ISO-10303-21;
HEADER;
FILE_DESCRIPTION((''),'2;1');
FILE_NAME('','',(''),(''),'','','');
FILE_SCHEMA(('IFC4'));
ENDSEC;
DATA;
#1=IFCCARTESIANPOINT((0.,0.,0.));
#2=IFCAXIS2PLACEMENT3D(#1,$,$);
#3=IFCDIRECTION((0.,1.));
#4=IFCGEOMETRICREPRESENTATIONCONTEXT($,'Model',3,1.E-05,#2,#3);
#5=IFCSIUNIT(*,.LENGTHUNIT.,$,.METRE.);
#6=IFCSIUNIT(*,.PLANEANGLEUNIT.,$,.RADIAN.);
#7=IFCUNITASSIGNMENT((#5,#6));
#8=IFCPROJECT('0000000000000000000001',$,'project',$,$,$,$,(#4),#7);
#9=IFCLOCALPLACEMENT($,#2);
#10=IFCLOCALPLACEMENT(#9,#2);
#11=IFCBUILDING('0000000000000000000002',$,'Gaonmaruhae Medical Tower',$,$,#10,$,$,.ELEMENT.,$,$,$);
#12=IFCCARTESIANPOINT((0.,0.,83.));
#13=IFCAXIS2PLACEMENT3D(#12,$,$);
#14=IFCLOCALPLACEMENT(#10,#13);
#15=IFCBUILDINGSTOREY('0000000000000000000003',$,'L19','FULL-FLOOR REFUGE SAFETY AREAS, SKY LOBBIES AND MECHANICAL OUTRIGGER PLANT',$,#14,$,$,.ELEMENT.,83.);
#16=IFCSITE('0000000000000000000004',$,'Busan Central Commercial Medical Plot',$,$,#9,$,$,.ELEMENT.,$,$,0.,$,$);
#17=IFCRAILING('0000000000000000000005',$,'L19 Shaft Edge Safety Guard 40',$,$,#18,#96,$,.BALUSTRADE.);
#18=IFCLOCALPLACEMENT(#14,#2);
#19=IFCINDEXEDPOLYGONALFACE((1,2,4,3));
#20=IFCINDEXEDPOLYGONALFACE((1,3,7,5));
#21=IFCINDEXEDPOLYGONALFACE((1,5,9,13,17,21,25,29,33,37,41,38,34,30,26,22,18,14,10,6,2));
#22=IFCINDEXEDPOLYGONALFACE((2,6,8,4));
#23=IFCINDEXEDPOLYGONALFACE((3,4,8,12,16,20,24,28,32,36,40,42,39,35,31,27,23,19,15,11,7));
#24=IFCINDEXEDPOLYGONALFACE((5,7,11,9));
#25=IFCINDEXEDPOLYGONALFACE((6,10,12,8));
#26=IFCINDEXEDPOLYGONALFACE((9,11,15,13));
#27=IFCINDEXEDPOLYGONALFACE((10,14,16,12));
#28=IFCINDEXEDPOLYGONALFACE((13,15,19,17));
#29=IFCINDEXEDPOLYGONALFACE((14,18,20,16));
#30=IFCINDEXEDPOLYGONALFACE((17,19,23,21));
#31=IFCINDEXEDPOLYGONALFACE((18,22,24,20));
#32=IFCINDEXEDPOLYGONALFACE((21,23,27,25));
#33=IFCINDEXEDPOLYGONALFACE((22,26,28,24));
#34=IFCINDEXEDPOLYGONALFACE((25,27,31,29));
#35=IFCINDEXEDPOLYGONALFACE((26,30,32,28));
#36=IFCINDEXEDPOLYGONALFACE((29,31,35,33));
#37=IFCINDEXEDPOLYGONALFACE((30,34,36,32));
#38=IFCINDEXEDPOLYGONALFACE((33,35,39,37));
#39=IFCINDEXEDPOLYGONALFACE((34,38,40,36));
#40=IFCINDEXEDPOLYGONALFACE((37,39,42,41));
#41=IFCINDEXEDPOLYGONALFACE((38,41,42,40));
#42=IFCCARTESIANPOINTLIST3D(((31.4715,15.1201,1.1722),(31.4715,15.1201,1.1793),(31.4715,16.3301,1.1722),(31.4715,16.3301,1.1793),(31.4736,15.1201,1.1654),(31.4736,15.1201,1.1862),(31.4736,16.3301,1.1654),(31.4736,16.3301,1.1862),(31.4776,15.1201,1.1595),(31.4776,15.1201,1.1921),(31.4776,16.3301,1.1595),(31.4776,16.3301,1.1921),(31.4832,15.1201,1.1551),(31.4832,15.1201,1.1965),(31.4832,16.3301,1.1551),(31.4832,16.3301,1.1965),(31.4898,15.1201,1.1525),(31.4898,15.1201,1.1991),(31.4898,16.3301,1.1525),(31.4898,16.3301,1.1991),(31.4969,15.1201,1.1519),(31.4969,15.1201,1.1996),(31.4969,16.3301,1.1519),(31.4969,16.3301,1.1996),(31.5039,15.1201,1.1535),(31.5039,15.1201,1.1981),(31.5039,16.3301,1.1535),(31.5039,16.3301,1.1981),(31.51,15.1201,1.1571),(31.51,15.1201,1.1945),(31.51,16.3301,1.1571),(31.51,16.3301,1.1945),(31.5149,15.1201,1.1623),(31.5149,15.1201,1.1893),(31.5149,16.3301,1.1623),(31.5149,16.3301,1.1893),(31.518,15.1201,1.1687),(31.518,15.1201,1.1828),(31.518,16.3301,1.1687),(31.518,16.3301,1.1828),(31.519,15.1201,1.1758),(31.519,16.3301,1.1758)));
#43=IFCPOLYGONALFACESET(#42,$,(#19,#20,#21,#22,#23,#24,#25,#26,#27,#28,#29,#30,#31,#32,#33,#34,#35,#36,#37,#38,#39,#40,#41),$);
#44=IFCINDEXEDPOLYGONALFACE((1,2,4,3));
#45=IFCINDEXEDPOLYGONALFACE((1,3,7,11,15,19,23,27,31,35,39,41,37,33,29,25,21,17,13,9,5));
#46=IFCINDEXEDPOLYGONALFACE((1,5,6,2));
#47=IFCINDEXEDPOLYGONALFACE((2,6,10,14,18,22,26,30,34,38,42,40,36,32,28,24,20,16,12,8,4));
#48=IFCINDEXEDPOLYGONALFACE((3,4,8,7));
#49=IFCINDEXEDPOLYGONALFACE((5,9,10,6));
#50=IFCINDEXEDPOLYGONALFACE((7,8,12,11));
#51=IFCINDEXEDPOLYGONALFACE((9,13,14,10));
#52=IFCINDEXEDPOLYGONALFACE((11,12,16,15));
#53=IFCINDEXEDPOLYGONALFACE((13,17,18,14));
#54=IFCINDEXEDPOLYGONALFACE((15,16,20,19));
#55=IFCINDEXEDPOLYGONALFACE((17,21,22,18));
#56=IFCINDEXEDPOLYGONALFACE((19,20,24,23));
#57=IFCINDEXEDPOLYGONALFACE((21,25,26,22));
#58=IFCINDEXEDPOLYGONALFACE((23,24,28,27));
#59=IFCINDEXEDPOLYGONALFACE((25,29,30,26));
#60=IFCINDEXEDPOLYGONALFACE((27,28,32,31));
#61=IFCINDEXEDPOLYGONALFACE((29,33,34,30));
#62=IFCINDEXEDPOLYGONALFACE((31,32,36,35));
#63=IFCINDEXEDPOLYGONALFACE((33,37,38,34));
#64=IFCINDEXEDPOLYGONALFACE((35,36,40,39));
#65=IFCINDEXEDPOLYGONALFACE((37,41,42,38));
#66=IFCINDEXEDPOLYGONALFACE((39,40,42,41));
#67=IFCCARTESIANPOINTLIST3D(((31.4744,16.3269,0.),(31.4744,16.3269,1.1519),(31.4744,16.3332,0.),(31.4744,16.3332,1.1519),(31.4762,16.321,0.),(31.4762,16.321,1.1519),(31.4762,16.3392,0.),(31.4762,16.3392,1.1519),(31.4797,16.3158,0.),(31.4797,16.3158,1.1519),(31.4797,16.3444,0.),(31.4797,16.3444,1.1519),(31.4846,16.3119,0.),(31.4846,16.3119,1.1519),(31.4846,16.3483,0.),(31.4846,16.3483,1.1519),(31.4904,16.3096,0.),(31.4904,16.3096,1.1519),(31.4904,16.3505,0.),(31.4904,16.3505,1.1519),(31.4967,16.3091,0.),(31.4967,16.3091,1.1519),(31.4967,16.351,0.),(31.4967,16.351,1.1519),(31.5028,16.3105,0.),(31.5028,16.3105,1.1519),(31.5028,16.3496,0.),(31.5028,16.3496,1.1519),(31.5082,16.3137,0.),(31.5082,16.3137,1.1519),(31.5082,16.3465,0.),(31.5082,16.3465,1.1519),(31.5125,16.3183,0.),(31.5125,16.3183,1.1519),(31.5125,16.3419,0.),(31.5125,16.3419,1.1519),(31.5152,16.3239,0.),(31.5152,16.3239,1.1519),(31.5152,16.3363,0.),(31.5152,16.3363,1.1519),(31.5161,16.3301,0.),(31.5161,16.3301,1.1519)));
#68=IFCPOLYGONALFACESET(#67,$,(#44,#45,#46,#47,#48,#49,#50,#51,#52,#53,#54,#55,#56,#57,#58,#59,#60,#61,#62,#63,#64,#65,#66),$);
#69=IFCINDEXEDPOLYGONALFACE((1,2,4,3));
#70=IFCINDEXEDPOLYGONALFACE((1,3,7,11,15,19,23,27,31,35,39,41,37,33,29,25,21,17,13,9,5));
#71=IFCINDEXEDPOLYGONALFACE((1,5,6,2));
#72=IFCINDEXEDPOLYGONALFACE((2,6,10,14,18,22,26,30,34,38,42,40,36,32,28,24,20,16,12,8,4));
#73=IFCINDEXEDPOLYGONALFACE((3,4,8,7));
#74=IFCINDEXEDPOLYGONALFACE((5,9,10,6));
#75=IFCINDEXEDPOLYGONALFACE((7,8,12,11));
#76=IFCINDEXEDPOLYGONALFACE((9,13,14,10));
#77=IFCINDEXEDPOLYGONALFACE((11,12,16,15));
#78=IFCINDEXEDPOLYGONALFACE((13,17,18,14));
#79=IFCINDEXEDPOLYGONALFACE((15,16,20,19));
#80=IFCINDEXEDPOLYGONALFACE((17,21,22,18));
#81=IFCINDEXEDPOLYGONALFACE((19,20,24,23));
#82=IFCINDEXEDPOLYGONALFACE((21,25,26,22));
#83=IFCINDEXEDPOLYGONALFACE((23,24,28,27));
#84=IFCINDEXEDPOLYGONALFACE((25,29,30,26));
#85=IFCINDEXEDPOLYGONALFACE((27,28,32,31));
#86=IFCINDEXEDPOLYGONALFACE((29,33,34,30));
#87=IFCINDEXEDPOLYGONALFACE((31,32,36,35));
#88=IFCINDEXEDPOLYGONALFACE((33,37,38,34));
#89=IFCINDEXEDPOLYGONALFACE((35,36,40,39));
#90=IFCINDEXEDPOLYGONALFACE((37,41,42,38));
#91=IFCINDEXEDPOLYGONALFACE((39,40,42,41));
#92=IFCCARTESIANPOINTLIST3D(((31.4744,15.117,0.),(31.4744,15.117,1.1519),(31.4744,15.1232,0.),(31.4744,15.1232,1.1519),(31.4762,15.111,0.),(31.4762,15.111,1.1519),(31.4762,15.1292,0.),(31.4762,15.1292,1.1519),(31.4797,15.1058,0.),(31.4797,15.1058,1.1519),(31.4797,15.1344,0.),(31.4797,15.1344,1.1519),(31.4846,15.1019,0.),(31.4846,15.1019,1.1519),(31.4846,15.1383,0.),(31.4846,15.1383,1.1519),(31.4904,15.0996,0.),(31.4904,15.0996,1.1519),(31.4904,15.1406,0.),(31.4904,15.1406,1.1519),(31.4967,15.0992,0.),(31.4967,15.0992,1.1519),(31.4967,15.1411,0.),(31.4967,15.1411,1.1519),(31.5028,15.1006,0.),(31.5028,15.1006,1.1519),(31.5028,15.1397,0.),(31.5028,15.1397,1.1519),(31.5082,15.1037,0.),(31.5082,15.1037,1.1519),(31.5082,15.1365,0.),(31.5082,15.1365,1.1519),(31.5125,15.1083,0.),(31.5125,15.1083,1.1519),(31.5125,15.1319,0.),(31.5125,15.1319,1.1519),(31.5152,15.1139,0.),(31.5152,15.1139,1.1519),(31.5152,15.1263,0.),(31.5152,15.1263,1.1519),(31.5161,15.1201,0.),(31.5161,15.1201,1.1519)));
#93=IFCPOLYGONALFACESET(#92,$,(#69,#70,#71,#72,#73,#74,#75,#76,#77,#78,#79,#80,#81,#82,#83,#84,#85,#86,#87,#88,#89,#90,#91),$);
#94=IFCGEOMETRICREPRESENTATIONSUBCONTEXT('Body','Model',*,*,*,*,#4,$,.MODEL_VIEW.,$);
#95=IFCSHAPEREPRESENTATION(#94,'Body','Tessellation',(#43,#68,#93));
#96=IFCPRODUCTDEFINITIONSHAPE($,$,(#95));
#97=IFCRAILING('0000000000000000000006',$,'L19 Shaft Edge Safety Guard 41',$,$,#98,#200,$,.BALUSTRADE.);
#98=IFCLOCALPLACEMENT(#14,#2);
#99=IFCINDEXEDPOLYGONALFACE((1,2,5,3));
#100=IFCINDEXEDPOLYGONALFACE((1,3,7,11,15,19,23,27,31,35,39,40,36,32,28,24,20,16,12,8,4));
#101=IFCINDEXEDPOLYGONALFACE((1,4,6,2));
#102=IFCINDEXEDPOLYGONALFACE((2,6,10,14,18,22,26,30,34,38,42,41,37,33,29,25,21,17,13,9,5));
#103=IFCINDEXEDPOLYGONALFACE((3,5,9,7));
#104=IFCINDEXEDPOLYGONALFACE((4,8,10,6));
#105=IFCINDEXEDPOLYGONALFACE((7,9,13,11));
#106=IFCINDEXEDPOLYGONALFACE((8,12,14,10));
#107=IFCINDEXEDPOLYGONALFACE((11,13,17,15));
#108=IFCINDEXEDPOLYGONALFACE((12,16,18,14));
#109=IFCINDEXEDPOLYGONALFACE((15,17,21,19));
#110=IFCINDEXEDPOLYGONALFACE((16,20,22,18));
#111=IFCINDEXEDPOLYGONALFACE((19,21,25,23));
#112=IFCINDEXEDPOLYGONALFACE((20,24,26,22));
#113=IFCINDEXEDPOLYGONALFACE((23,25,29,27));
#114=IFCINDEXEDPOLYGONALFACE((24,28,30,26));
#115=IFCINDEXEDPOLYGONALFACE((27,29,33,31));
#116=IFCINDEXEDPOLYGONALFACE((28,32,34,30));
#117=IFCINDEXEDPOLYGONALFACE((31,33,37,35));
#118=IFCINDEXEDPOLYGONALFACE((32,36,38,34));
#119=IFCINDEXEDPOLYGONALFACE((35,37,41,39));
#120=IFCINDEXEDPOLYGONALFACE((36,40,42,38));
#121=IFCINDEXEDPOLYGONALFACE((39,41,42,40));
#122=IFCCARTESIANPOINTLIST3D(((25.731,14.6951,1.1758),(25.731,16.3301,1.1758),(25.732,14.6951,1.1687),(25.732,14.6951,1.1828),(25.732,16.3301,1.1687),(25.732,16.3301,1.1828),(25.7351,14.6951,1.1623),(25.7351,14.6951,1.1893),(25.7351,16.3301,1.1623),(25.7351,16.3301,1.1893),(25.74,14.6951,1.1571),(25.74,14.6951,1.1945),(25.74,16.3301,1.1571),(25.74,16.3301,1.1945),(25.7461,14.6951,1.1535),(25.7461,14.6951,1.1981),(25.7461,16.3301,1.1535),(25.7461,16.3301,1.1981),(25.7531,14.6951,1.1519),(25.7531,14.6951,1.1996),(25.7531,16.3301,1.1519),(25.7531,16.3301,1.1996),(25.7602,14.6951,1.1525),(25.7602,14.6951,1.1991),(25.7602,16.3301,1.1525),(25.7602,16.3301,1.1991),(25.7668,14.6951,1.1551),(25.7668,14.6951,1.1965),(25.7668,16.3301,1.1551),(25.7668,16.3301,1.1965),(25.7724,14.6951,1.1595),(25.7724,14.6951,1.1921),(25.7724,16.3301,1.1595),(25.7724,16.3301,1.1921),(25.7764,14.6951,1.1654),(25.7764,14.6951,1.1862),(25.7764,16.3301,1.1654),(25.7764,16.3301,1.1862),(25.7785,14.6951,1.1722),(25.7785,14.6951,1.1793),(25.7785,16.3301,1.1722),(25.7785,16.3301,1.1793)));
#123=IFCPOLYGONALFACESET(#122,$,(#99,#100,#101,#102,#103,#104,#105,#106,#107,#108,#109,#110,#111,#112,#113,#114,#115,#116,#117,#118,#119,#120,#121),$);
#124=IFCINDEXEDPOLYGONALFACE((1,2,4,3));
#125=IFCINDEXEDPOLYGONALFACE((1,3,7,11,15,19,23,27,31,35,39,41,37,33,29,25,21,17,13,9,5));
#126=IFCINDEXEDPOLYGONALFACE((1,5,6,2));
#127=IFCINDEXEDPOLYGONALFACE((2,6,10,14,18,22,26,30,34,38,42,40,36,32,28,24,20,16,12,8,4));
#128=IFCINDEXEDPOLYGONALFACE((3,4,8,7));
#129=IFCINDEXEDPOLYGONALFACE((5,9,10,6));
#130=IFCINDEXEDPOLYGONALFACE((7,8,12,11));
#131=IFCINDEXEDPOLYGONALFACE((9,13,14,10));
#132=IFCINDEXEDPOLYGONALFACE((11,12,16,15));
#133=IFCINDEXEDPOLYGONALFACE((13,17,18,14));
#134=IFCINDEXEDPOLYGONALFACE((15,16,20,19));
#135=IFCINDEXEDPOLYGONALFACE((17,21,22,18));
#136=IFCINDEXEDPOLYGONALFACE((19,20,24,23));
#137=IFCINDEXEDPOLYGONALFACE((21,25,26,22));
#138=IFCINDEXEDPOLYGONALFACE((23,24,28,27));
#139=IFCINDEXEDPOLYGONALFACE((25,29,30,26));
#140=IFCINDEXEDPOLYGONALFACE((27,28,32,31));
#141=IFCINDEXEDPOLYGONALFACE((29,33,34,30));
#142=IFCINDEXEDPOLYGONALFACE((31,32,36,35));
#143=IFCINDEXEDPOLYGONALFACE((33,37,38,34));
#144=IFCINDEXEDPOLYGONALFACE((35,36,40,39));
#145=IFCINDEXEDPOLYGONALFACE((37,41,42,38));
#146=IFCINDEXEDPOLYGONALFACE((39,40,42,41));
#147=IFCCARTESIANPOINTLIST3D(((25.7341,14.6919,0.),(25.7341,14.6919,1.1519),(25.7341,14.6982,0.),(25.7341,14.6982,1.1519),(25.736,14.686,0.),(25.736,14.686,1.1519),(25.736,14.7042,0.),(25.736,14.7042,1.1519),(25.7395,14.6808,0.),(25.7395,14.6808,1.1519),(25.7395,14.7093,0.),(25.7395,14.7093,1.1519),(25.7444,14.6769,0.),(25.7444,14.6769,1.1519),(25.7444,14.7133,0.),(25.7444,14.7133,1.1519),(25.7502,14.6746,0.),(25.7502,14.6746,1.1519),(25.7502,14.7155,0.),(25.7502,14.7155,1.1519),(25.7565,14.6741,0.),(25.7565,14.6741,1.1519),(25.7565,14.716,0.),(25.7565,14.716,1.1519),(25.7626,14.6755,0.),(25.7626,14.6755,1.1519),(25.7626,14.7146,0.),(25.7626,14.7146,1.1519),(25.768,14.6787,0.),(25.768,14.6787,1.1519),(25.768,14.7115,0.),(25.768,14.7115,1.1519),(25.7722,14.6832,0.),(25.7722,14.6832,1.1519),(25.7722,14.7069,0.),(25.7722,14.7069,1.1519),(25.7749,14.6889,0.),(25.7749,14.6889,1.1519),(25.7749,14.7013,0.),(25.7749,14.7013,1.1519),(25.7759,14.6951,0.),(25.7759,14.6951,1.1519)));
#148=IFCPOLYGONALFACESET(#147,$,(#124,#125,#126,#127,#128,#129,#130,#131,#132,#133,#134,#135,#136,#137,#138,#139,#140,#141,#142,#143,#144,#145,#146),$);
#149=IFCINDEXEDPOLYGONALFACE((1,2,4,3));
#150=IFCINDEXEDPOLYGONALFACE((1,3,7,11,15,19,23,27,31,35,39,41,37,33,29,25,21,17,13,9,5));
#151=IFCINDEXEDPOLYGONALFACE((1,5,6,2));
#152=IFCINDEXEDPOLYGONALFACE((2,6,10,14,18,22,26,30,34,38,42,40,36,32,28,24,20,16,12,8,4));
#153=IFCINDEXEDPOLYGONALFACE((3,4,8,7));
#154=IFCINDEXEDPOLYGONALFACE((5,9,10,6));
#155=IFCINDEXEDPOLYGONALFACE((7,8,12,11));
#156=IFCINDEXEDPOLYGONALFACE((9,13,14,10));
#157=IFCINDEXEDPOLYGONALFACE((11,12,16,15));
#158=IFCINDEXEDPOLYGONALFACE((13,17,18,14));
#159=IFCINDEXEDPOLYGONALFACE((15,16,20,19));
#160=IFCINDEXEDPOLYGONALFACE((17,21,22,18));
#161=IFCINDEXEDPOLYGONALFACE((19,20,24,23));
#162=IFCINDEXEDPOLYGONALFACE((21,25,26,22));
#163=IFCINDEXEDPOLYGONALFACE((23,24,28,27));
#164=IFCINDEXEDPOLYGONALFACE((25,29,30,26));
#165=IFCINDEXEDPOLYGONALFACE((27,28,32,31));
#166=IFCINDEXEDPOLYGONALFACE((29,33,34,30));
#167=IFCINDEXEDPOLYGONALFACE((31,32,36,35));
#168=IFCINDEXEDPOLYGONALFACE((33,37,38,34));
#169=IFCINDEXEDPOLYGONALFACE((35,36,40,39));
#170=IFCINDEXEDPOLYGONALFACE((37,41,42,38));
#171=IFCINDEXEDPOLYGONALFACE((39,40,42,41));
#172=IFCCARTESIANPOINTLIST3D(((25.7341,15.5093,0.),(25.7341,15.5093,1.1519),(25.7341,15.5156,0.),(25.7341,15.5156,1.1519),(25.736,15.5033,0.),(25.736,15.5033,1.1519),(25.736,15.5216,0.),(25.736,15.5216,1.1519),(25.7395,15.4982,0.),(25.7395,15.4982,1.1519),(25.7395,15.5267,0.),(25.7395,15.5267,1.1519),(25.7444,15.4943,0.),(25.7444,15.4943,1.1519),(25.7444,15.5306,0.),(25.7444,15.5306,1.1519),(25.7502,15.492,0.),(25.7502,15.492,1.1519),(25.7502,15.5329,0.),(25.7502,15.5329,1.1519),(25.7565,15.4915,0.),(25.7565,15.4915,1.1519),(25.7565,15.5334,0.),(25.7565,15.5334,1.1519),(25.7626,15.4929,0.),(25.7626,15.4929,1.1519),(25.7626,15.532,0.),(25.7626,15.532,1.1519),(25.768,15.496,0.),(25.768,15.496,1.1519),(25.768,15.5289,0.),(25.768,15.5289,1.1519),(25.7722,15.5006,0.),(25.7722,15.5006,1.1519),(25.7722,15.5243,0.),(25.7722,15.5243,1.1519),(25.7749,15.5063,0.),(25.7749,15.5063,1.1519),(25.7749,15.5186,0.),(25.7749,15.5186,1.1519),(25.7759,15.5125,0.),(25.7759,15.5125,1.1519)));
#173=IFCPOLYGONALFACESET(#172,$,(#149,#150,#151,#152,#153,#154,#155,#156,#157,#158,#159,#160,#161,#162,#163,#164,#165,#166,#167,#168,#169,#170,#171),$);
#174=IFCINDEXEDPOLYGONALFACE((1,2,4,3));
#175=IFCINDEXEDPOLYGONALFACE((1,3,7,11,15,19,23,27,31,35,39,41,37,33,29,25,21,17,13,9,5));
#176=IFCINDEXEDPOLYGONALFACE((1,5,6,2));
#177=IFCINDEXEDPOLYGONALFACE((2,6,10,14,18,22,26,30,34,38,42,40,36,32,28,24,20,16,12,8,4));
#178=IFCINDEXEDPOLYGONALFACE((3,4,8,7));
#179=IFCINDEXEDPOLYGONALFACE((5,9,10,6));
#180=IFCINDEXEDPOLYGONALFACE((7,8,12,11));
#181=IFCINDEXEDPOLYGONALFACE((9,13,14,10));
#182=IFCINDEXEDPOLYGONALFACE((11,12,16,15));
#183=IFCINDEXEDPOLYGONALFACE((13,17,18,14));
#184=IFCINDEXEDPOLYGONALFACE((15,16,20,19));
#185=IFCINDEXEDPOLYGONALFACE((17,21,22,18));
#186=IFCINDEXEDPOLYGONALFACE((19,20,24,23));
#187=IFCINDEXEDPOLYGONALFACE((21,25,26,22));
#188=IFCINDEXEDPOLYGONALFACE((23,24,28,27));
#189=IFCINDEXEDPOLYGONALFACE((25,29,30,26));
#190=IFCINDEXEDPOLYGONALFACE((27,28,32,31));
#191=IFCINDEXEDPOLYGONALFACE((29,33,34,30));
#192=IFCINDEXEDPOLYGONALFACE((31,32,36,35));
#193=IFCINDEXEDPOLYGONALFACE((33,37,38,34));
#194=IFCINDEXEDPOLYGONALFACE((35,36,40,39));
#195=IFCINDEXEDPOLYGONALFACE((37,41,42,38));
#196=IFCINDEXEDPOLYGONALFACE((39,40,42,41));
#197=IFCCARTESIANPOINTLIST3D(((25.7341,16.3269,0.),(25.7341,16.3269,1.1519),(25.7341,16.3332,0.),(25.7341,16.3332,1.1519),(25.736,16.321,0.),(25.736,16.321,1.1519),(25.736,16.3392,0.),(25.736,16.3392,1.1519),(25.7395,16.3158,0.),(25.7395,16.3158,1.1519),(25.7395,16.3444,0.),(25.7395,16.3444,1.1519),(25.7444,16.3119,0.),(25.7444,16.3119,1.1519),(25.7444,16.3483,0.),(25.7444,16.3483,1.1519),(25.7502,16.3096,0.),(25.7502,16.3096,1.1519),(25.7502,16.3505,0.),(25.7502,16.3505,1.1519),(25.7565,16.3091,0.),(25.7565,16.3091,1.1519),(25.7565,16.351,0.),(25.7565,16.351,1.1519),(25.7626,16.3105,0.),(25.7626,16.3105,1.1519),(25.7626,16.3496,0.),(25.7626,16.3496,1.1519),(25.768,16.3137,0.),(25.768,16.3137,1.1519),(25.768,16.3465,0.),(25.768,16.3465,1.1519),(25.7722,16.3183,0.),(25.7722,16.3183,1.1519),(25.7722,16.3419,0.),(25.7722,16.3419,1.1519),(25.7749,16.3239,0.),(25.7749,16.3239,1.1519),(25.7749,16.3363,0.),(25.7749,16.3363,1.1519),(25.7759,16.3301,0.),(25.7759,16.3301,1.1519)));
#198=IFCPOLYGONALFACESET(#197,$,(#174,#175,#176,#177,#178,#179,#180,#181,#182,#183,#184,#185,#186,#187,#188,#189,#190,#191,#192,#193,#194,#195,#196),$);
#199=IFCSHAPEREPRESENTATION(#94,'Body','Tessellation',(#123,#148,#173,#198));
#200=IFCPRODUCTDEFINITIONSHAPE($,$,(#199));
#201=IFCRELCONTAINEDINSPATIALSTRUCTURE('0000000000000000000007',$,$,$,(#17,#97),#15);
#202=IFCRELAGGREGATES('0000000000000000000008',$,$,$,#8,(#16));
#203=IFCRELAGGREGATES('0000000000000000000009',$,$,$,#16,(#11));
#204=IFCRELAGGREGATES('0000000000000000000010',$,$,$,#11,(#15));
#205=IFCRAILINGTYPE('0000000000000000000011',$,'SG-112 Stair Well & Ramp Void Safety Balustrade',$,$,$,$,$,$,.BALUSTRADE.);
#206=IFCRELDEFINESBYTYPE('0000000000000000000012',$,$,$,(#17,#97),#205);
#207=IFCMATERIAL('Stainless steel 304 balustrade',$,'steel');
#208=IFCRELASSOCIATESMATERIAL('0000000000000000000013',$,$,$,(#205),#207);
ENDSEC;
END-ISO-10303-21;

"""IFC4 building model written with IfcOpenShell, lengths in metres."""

from ifc_helpers import new_model, si_unit, direction, frame, origin, origin_2d, place, context, subcontext, project, spatial, circle, extrude, material, type_object, element, save


model = new_model("IFC4")

# Units and contexts
model_context = context("Model", 3, precision=1e-05, world=origin(), true_north=direction((0.0, 1.0)))
body_context = subcontext(model_context, "Body", "Model", "MODEL_VIEW")
ifc_project = project(units=[si_unit("LENGTHUNIT", "METRE"), si_unit("PLANEANGLEUNIT", "RADIAN")], contexts=[model_context])

# Site, building, storey
site_placement = place(None, origin())
site = spatial("IfcSite", under=ifc_project, at=site_placement, Name="Busan Central Commercial Medical Plot", CompositionType="ELEMENT", RefElevation=0.0)
building_placement = place(site_placement, origin())
building = spatial("IfcBuilding", under=site, at=building_placement, Name="Gaonmaruhae Medical Tower", CompositionType="ELEMENT")
storey_placement = place(building_placement, frame((0.0, 0.0, 83.0)))
storey = spatial("IfcBuildingStorey", under=building, at=storey_placement, Name="L19", Description="FULL-FLOOR REFUGE SAFETY AREAS, SKY LOBBIES AND MECHANICAL OUTRIGGER PLANT", CompositionType="ELEMENT", Elevation=83.0)

# Railings
ifc_material_1 = material(Name="Stainless steel 304 balustrade", Category="steel")
railing_type = type_object("IfcRailingType", Name="SG-112 Stair Well & Ramp Void Safety Balustrade", PredefinedType="BALUSTRADE", material=ifc_material_1)
railing_1_placement = place(storey_placement, frame((31.4951, 16.3301, 0.0)))
element("IfcRailing", 1, at=railing_1_placement, inside=storey, type_object=railing_type, Name="L19 Shaft Edge Safety Guard 40", PredefinedType="BALUSTRADE", context=body_context, shape_type="SweptSolid", body=[
    extrude(circle(Radius=0.0239, at=origin_2d()), frame((0.0, 0.0, 1.1758), z_axis=(0.0, -1.0, 0.0), x_axis=(1.0, 0.0, 0.0)), (0.0, 0.0, 1.0), 1.21),
    extrude(circle(Radius=0.021, at=origin_2d()), origin(), (0.0, 0.0, 1.0), 1.1519),
    extrude(circle(Radius=0.021, at=origin_2d()), frame((0.0, -1.21, 0.0)), (0.0, 0.0, 1.0), 1.1519),
])
railing_2_placement = place(storey_placement, frame((25.7549, 14.6951, 0.0)))
element("IfcRailing", 2, at=railing_2_placement, inside=storey, type_object=railing_type, Name="L19 Shaft Edge Safety Guard 41", PredefinedType="BALUSTRADE", context=body_context, shape_type="SweptSolid", body=[
    extrude(circle(Radius=0.0239, at=origin_2d()), frame((0.0, 0.0, 1.1758), z_axis=(0.0, 1.0, 0.0), x_axis=(-1.0, 0.0, 0.0)), (0.0, 0.0, 1.0), 1.635),
    extrude(circle(Radius=0.021, at=origin_2d()), origin(), (0.0, 0.0, 1.0), 1.1519),
    extrude(circle(Radius=0.021, at=origin_2d()), frame((0.0, 0.8174, 0.0)), (0.0, 0.0, 1.0), 1.1519),
    extrude(circle(Radius=0.021, at=origin_2d()), frame((0.0, 1.635, 0.0)), (0.0, 0.0, 1.0), 1.1519),
])

save(model, "model.ifc")
